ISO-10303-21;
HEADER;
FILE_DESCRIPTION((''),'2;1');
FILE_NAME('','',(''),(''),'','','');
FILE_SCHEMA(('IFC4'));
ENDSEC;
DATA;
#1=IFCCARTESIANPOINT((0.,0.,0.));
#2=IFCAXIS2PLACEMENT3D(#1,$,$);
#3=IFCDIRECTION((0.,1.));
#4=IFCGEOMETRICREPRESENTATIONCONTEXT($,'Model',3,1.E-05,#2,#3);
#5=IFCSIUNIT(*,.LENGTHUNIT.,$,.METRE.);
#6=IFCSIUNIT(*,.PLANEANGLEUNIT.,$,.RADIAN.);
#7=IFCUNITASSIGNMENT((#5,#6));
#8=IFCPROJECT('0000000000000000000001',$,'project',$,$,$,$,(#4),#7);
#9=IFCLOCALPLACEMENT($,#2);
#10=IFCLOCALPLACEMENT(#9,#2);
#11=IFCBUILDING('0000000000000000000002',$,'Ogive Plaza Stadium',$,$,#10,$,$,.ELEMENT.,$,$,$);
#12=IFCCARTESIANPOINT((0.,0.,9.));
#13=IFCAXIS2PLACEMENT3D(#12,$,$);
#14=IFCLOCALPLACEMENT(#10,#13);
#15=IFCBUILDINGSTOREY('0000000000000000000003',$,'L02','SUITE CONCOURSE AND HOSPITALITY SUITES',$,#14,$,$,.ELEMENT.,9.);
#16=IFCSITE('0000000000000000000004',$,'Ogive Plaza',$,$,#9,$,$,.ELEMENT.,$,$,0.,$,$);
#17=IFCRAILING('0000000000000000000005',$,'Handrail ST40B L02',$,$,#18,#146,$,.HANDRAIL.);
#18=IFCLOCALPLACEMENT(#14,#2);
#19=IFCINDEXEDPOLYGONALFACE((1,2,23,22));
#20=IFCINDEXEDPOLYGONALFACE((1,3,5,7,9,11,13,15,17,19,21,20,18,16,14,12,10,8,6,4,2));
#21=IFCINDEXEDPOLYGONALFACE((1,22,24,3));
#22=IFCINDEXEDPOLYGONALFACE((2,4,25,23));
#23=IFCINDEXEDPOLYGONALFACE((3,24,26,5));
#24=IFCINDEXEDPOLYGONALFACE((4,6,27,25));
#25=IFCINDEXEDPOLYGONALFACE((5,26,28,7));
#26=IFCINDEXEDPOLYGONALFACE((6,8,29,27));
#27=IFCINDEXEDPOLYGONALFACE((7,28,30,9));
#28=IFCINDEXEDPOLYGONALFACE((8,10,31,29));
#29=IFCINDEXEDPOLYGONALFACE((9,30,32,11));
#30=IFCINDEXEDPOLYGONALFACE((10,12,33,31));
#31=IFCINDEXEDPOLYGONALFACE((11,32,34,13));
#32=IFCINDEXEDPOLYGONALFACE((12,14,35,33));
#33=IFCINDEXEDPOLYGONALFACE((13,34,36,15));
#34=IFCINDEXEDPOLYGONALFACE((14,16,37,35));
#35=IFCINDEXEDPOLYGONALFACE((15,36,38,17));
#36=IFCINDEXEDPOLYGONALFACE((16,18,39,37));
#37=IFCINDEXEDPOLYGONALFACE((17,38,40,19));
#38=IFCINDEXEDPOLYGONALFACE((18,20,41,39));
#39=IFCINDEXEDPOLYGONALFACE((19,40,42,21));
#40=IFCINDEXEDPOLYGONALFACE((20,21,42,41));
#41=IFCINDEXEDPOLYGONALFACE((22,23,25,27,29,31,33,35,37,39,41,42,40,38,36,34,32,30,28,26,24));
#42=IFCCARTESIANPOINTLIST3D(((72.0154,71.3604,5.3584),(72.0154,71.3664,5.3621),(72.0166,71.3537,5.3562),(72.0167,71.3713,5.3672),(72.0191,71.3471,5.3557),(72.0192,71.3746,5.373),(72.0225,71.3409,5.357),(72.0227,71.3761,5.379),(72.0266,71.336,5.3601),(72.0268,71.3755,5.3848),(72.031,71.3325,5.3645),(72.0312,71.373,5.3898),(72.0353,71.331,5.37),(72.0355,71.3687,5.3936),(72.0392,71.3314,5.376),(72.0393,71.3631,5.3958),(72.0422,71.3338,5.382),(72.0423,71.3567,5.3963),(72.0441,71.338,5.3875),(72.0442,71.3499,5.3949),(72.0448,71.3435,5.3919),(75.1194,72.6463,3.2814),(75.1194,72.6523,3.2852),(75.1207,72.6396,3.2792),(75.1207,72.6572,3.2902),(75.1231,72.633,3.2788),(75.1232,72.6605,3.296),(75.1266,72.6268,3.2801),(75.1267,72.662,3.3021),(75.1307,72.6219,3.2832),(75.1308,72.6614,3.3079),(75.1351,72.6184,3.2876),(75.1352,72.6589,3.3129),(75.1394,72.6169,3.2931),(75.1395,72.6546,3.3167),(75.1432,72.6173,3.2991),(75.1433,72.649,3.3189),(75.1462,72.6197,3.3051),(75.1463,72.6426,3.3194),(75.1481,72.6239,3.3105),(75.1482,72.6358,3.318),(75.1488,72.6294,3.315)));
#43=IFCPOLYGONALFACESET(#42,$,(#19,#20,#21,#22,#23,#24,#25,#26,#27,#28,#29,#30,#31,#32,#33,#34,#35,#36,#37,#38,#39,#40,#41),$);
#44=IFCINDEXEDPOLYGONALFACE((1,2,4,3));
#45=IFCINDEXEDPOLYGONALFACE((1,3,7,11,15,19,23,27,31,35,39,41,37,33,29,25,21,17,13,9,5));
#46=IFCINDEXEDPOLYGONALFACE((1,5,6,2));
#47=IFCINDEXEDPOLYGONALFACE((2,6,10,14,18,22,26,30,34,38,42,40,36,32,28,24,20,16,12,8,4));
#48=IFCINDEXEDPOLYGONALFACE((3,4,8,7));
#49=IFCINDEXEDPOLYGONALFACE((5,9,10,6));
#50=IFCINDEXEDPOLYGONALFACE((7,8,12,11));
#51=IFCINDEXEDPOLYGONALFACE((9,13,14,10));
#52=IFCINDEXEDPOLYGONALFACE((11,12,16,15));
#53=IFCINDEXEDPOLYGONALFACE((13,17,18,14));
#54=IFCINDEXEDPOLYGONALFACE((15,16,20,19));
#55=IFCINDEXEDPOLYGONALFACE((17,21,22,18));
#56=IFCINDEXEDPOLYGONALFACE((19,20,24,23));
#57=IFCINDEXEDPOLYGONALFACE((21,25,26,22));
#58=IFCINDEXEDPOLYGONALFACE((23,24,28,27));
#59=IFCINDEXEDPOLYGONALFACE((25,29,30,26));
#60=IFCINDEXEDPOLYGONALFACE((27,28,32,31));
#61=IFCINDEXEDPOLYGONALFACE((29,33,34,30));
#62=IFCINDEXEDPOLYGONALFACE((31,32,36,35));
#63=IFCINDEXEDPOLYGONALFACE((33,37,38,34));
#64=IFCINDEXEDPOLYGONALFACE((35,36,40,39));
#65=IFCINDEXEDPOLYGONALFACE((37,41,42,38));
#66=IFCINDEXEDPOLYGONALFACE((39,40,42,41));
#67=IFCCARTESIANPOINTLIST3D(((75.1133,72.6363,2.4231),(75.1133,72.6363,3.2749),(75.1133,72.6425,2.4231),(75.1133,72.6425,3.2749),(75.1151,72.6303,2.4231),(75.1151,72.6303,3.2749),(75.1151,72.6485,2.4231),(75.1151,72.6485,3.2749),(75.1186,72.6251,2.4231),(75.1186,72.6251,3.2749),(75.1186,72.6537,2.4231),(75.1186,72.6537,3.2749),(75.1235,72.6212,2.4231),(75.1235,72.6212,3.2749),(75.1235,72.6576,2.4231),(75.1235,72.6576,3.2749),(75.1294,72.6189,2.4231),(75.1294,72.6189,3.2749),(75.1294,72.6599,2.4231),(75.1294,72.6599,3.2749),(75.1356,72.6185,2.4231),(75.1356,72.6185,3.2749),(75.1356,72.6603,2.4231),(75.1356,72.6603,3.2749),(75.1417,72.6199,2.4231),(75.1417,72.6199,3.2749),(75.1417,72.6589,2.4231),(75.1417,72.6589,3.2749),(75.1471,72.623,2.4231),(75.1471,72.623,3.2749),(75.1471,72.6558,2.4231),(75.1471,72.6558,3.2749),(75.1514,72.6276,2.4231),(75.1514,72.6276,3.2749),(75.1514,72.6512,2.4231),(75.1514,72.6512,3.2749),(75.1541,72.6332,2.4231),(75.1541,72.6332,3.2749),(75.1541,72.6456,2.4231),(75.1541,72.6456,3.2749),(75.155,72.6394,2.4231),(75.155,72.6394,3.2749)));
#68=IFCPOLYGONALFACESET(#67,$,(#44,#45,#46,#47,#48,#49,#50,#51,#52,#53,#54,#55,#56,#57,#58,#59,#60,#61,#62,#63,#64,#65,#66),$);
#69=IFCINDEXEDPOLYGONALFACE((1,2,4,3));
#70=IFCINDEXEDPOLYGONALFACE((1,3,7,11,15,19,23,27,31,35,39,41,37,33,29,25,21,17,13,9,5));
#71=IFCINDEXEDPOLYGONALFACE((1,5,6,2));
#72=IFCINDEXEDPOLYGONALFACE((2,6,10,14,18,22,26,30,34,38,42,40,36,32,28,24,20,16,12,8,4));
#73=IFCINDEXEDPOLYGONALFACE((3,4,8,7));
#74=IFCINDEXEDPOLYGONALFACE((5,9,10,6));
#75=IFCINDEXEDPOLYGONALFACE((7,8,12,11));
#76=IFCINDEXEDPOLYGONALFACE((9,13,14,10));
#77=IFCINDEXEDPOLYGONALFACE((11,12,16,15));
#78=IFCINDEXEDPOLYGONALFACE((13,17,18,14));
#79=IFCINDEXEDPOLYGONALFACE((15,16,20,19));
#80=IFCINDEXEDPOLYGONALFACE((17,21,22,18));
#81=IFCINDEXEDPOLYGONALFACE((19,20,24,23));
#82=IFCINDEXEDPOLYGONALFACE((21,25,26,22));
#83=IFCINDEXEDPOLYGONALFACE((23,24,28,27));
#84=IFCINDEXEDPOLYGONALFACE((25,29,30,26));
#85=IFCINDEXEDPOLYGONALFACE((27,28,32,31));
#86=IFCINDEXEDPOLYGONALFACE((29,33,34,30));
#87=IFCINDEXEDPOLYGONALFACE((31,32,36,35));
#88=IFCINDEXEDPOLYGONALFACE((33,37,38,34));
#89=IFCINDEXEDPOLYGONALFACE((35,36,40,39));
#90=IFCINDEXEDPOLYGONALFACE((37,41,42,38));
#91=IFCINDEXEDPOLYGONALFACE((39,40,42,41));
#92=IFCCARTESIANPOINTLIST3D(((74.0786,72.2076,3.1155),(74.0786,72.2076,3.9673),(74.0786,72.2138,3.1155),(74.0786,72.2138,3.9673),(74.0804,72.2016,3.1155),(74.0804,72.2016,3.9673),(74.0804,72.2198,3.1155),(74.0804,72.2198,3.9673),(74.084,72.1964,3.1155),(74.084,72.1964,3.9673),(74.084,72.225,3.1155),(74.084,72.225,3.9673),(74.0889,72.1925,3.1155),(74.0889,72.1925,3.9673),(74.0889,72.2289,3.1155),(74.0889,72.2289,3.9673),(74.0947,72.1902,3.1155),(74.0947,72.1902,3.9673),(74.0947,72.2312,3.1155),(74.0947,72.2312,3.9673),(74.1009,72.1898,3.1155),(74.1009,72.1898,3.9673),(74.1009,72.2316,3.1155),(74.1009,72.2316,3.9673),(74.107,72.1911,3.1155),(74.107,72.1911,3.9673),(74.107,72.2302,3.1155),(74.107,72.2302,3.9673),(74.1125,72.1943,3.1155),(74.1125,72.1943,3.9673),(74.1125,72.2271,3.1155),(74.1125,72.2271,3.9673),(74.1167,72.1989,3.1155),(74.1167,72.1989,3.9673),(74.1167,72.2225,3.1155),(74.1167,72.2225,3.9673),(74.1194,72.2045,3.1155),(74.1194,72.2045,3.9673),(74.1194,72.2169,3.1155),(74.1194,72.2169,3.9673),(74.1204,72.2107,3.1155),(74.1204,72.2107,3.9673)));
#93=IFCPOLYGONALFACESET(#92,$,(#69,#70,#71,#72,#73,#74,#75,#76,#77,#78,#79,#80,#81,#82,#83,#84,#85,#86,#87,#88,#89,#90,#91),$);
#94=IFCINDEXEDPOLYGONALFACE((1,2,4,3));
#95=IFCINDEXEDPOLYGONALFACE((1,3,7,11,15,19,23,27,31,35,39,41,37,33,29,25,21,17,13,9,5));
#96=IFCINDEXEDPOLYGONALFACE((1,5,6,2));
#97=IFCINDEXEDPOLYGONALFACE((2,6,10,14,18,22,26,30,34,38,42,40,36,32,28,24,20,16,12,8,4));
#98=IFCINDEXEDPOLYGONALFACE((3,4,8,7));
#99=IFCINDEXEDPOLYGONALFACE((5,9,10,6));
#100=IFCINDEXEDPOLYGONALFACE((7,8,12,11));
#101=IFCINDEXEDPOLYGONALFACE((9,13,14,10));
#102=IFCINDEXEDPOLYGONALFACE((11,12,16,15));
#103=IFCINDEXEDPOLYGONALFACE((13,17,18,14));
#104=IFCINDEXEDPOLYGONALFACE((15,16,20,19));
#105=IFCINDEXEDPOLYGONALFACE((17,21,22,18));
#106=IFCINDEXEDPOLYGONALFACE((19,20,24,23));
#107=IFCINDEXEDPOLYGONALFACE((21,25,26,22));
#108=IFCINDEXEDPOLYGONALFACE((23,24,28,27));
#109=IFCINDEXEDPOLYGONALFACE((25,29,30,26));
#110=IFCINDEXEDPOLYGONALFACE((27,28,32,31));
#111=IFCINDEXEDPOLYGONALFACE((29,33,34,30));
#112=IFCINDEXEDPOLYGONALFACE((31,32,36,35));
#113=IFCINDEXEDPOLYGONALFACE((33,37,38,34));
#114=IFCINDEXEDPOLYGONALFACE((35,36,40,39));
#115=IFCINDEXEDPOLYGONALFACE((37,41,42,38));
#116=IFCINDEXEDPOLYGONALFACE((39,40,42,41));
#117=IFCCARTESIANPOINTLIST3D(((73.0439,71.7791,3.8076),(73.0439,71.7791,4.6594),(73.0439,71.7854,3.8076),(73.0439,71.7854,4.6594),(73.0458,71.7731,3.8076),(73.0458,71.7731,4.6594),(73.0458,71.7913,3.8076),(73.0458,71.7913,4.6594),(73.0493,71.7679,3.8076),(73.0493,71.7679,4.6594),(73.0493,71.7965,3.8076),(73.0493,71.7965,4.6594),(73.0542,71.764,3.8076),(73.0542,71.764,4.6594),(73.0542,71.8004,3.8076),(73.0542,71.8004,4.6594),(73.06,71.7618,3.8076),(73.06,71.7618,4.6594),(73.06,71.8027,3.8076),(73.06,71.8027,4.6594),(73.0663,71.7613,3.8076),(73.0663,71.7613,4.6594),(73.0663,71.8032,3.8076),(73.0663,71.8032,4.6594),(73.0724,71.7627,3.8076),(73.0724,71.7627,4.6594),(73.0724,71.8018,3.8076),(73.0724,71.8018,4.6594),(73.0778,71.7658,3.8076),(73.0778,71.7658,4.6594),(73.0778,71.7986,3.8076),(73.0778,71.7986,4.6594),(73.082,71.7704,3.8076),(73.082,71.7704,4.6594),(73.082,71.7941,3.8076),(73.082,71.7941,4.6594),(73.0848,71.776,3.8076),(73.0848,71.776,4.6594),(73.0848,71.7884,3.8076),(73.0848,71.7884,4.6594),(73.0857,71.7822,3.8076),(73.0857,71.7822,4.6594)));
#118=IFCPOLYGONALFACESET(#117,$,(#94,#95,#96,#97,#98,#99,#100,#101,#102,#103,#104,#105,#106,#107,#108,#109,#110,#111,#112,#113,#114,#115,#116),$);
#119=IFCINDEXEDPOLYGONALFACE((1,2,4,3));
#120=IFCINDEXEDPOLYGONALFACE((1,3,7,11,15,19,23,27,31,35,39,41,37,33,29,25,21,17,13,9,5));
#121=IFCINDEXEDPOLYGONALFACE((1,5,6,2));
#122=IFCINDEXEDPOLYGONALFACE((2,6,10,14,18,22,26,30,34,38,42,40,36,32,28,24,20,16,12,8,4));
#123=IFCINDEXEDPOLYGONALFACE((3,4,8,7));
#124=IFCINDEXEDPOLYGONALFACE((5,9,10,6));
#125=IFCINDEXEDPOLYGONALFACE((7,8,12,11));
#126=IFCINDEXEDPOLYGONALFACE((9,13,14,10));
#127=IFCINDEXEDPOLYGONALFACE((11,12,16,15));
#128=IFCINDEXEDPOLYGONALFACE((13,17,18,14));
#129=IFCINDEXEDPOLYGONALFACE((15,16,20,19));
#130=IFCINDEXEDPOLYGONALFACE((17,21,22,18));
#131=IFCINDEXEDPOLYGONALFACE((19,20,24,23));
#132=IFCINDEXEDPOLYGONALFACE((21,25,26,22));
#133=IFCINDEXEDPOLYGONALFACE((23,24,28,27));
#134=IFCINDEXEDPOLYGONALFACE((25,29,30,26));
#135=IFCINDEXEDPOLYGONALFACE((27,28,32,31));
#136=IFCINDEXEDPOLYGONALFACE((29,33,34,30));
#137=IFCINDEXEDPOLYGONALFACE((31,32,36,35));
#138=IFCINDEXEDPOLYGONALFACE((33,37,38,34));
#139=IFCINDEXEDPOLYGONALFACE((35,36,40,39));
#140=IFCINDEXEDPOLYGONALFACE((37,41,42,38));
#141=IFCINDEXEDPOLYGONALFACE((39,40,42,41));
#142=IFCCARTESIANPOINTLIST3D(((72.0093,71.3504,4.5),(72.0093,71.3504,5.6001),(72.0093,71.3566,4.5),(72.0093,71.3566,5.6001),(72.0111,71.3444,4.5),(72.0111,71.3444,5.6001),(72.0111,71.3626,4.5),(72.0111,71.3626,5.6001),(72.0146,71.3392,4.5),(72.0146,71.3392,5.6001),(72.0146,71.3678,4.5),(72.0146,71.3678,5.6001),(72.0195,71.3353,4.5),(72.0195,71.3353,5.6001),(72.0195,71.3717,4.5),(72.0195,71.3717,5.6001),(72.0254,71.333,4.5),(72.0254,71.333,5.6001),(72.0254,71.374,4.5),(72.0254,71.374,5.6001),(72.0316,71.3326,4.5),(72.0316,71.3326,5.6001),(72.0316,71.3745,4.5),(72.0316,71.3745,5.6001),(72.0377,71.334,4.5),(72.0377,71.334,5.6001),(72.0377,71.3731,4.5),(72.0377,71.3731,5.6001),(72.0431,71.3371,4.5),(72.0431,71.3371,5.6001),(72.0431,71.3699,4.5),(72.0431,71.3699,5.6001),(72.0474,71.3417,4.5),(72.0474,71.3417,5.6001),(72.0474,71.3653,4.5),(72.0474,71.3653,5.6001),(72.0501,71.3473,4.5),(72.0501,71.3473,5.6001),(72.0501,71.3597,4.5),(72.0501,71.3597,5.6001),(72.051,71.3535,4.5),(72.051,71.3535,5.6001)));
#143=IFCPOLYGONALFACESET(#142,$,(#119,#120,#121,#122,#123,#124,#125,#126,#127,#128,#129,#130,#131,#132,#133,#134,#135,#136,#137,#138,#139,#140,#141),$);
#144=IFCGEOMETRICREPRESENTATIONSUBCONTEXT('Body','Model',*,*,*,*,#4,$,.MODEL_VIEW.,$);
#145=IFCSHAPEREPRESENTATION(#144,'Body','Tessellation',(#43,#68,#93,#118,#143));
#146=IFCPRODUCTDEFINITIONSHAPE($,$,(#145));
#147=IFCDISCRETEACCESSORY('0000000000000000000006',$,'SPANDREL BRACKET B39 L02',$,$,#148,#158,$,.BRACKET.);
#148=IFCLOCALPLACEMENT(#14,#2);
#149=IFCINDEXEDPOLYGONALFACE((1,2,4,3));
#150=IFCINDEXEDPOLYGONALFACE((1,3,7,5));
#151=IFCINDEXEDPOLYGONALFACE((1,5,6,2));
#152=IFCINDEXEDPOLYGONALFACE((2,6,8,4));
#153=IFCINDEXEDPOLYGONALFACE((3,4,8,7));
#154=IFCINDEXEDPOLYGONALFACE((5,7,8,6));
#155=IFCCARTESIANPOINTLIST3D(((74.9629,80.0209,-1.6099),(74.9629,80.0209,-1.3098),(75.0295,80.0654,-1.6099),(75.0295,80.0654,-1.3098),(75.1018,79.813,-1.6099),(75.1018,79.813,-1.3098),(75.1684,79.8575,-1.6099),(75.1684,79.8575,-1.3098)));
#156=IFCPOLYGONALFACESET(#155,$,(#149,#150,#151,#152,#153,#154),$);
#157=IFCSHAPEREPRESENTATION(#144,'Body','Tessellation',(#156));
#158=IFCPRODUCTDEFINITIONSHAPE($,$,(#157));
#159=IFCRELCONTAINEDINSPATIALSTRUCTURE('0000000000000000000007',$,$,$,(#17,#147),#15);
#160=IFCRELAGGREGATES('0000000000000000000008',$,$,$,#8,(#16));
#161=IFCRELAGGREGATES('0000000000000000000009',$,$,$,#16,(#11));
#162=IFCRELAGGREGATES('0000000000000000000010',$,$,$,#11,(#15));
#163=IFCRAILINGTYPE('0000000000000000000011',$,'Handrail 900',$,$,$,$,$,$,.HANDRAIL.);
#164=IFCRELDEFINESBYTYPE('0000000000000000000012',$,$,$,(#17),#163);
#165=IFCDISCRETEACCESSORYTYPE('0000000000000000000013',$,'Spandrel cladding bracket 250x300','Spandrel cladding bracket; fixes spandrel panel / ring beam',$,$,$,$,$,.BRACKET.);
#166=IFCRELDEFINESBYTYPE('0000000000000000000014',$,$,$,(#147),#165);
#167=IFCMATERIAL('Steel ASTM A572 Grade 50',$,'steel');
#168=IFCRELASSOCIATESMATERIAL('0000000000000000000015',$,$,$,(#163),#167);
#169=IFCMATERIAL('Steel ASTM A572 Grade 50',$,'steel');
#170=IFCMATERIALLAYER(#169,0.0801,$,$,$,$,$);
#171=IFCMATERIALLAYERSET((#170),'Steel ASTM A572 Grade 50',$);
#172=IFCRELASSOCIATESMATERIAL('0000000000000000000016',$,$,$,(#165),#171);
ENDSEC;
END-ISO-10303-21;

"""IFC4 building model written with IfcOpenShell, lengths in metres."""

from ifc_helpers import new_model, si_unit, direction, frame, origin, origin_2d, place, context, subcontext, project, spatial, rectangle, circle, extrude, material, layer, layer_set, type_object, element, save


model = new_model("IFC4")

# Units and contexts
model_context = context("Model", 3, precision=1e-05, world=origin(), true_north=direction((0.0, 1.0)))
body_context = subcontext(model_context, "Body", "Model", "MODEL_VIEW")
ifc_project = project(units=[si_unit("LENGTHUNIT", "METRE"), si_unit("PLANEANGLEUNIT", "RADIAN")], contexts=[model_context])

# Site, building, storey
site_placement = place(None, origin())
site = spatial("IfcSite", under=ifc_project, at=site_placement, Name="Ogive Plaza", CompositionType="ELEMENT", RefElevation=0.0)
building_placement = place(site_placement, origin())
building = spatial("IfcBuilding", under=site, at=building_placement, Name="Ogive Plaza Stadium", CompositionType="ELEMENT")
storey_placement = place(building_placement, frame((0.0, 0.0, 9.0)))
storey = spatial("IfcBuildingStorey", under=building, at=storey_placement, Name="L02", Description="SUITE CONCOURSE AND HOSPITALITY SUITES", CompositionType="ELEMENT", Elevation=9.0)

# Railing
ifc_material_1 = material(Name="Steel ASTM A572 Grade 50", Category="steel")
railing_type_1 = type_object("IfcRailingType", Name="Handrail 900", PredefinedType="HANDRAIL", material=ifc_material_1)
railing_1_placement = place(storey_placement, frame((75.134, 72.6394, 2.4231)))
element("IfcRailing", 1, at=railing_1_placement, inside=storey, type_object=railing_type_1, Name="Handrail ST40B L02", PredefinedType="HANDRAIL", context=body_context, shape_type="SweptSolid", body=[
    extrude(circle(Radius=0.0239, at=origin_2d()), frame((0.0, 0.0, 0.876), z_axis=(-0.785839, -0.325548, 0.525809), x_axis=(0.382726, -0.923862, 0.0)), (0.0, 0.0, 1.0), 3.95),
    extrude(circle(Radius=0.021, at=origin_2d()), origin(), (0.0, 0.0, 1.0), 0.8518),
    extrude(circle(Radius=0.021, at=origin_2d()), frame((-1.0347, -0.4287, 0.6924)), (0.0, 0.0, 1.0), 0.8518),
    extrude(circle(Radius=0.021, at=origin_2d()), frame((-2.0693, -0.8572, 1.3845)), (0.0, 0.0, 1.0), 0.8518),
    extrude(circle(Radius=0.021, at=origin_2d()), frame((-3.104, -1.2859, 2.0769)), (0.0, 0.0, 1.0), 1.1001),
])

# Discrete accessory
ifc_material_2 = material(Name="Steel ASTM A572 Grade 50", Category="steel")
ifc_layer_1 = layer(ifc_material_2, 0.0801)
ifc_layer_set_1 = layer_set([ifc_layer_1], Name="Steel ASTM A572 Grade 50")
discrete_accessory_type = type_object("IfcDiscreteAccessoryType", Name="Spandrel cladding bracket 250x300", Description="Spandrel cladding bracket; fixes spandrel panel / ring beam", PredefinedType="BRACKET", material=ifc_layer_set_1)
discrete_accessory_placement = place(storey_placement, frame((75.0657, 79.9392, -1.6099), z_axis=(0.0, 0.0, 1.0), x_axis=(0.55557, -0.83147, 0.0)))
element("IfcDiscreteAccessory", 2, at=discrete_accessory_placement, inside=storey, type_object=discrete_accessory_type, Name="SPANDREL BRACKET B39 L02", PredefinedType="BRACKET", context=body_context, shape_type="SweptSolid", body=[
    extrude(rectangle(XDim=0.25, YDim=0.0801, at=origin_2d()), origin(), (0.0, 0.0, 1.0), 0.3),
])

save(model, "model.ifc")
